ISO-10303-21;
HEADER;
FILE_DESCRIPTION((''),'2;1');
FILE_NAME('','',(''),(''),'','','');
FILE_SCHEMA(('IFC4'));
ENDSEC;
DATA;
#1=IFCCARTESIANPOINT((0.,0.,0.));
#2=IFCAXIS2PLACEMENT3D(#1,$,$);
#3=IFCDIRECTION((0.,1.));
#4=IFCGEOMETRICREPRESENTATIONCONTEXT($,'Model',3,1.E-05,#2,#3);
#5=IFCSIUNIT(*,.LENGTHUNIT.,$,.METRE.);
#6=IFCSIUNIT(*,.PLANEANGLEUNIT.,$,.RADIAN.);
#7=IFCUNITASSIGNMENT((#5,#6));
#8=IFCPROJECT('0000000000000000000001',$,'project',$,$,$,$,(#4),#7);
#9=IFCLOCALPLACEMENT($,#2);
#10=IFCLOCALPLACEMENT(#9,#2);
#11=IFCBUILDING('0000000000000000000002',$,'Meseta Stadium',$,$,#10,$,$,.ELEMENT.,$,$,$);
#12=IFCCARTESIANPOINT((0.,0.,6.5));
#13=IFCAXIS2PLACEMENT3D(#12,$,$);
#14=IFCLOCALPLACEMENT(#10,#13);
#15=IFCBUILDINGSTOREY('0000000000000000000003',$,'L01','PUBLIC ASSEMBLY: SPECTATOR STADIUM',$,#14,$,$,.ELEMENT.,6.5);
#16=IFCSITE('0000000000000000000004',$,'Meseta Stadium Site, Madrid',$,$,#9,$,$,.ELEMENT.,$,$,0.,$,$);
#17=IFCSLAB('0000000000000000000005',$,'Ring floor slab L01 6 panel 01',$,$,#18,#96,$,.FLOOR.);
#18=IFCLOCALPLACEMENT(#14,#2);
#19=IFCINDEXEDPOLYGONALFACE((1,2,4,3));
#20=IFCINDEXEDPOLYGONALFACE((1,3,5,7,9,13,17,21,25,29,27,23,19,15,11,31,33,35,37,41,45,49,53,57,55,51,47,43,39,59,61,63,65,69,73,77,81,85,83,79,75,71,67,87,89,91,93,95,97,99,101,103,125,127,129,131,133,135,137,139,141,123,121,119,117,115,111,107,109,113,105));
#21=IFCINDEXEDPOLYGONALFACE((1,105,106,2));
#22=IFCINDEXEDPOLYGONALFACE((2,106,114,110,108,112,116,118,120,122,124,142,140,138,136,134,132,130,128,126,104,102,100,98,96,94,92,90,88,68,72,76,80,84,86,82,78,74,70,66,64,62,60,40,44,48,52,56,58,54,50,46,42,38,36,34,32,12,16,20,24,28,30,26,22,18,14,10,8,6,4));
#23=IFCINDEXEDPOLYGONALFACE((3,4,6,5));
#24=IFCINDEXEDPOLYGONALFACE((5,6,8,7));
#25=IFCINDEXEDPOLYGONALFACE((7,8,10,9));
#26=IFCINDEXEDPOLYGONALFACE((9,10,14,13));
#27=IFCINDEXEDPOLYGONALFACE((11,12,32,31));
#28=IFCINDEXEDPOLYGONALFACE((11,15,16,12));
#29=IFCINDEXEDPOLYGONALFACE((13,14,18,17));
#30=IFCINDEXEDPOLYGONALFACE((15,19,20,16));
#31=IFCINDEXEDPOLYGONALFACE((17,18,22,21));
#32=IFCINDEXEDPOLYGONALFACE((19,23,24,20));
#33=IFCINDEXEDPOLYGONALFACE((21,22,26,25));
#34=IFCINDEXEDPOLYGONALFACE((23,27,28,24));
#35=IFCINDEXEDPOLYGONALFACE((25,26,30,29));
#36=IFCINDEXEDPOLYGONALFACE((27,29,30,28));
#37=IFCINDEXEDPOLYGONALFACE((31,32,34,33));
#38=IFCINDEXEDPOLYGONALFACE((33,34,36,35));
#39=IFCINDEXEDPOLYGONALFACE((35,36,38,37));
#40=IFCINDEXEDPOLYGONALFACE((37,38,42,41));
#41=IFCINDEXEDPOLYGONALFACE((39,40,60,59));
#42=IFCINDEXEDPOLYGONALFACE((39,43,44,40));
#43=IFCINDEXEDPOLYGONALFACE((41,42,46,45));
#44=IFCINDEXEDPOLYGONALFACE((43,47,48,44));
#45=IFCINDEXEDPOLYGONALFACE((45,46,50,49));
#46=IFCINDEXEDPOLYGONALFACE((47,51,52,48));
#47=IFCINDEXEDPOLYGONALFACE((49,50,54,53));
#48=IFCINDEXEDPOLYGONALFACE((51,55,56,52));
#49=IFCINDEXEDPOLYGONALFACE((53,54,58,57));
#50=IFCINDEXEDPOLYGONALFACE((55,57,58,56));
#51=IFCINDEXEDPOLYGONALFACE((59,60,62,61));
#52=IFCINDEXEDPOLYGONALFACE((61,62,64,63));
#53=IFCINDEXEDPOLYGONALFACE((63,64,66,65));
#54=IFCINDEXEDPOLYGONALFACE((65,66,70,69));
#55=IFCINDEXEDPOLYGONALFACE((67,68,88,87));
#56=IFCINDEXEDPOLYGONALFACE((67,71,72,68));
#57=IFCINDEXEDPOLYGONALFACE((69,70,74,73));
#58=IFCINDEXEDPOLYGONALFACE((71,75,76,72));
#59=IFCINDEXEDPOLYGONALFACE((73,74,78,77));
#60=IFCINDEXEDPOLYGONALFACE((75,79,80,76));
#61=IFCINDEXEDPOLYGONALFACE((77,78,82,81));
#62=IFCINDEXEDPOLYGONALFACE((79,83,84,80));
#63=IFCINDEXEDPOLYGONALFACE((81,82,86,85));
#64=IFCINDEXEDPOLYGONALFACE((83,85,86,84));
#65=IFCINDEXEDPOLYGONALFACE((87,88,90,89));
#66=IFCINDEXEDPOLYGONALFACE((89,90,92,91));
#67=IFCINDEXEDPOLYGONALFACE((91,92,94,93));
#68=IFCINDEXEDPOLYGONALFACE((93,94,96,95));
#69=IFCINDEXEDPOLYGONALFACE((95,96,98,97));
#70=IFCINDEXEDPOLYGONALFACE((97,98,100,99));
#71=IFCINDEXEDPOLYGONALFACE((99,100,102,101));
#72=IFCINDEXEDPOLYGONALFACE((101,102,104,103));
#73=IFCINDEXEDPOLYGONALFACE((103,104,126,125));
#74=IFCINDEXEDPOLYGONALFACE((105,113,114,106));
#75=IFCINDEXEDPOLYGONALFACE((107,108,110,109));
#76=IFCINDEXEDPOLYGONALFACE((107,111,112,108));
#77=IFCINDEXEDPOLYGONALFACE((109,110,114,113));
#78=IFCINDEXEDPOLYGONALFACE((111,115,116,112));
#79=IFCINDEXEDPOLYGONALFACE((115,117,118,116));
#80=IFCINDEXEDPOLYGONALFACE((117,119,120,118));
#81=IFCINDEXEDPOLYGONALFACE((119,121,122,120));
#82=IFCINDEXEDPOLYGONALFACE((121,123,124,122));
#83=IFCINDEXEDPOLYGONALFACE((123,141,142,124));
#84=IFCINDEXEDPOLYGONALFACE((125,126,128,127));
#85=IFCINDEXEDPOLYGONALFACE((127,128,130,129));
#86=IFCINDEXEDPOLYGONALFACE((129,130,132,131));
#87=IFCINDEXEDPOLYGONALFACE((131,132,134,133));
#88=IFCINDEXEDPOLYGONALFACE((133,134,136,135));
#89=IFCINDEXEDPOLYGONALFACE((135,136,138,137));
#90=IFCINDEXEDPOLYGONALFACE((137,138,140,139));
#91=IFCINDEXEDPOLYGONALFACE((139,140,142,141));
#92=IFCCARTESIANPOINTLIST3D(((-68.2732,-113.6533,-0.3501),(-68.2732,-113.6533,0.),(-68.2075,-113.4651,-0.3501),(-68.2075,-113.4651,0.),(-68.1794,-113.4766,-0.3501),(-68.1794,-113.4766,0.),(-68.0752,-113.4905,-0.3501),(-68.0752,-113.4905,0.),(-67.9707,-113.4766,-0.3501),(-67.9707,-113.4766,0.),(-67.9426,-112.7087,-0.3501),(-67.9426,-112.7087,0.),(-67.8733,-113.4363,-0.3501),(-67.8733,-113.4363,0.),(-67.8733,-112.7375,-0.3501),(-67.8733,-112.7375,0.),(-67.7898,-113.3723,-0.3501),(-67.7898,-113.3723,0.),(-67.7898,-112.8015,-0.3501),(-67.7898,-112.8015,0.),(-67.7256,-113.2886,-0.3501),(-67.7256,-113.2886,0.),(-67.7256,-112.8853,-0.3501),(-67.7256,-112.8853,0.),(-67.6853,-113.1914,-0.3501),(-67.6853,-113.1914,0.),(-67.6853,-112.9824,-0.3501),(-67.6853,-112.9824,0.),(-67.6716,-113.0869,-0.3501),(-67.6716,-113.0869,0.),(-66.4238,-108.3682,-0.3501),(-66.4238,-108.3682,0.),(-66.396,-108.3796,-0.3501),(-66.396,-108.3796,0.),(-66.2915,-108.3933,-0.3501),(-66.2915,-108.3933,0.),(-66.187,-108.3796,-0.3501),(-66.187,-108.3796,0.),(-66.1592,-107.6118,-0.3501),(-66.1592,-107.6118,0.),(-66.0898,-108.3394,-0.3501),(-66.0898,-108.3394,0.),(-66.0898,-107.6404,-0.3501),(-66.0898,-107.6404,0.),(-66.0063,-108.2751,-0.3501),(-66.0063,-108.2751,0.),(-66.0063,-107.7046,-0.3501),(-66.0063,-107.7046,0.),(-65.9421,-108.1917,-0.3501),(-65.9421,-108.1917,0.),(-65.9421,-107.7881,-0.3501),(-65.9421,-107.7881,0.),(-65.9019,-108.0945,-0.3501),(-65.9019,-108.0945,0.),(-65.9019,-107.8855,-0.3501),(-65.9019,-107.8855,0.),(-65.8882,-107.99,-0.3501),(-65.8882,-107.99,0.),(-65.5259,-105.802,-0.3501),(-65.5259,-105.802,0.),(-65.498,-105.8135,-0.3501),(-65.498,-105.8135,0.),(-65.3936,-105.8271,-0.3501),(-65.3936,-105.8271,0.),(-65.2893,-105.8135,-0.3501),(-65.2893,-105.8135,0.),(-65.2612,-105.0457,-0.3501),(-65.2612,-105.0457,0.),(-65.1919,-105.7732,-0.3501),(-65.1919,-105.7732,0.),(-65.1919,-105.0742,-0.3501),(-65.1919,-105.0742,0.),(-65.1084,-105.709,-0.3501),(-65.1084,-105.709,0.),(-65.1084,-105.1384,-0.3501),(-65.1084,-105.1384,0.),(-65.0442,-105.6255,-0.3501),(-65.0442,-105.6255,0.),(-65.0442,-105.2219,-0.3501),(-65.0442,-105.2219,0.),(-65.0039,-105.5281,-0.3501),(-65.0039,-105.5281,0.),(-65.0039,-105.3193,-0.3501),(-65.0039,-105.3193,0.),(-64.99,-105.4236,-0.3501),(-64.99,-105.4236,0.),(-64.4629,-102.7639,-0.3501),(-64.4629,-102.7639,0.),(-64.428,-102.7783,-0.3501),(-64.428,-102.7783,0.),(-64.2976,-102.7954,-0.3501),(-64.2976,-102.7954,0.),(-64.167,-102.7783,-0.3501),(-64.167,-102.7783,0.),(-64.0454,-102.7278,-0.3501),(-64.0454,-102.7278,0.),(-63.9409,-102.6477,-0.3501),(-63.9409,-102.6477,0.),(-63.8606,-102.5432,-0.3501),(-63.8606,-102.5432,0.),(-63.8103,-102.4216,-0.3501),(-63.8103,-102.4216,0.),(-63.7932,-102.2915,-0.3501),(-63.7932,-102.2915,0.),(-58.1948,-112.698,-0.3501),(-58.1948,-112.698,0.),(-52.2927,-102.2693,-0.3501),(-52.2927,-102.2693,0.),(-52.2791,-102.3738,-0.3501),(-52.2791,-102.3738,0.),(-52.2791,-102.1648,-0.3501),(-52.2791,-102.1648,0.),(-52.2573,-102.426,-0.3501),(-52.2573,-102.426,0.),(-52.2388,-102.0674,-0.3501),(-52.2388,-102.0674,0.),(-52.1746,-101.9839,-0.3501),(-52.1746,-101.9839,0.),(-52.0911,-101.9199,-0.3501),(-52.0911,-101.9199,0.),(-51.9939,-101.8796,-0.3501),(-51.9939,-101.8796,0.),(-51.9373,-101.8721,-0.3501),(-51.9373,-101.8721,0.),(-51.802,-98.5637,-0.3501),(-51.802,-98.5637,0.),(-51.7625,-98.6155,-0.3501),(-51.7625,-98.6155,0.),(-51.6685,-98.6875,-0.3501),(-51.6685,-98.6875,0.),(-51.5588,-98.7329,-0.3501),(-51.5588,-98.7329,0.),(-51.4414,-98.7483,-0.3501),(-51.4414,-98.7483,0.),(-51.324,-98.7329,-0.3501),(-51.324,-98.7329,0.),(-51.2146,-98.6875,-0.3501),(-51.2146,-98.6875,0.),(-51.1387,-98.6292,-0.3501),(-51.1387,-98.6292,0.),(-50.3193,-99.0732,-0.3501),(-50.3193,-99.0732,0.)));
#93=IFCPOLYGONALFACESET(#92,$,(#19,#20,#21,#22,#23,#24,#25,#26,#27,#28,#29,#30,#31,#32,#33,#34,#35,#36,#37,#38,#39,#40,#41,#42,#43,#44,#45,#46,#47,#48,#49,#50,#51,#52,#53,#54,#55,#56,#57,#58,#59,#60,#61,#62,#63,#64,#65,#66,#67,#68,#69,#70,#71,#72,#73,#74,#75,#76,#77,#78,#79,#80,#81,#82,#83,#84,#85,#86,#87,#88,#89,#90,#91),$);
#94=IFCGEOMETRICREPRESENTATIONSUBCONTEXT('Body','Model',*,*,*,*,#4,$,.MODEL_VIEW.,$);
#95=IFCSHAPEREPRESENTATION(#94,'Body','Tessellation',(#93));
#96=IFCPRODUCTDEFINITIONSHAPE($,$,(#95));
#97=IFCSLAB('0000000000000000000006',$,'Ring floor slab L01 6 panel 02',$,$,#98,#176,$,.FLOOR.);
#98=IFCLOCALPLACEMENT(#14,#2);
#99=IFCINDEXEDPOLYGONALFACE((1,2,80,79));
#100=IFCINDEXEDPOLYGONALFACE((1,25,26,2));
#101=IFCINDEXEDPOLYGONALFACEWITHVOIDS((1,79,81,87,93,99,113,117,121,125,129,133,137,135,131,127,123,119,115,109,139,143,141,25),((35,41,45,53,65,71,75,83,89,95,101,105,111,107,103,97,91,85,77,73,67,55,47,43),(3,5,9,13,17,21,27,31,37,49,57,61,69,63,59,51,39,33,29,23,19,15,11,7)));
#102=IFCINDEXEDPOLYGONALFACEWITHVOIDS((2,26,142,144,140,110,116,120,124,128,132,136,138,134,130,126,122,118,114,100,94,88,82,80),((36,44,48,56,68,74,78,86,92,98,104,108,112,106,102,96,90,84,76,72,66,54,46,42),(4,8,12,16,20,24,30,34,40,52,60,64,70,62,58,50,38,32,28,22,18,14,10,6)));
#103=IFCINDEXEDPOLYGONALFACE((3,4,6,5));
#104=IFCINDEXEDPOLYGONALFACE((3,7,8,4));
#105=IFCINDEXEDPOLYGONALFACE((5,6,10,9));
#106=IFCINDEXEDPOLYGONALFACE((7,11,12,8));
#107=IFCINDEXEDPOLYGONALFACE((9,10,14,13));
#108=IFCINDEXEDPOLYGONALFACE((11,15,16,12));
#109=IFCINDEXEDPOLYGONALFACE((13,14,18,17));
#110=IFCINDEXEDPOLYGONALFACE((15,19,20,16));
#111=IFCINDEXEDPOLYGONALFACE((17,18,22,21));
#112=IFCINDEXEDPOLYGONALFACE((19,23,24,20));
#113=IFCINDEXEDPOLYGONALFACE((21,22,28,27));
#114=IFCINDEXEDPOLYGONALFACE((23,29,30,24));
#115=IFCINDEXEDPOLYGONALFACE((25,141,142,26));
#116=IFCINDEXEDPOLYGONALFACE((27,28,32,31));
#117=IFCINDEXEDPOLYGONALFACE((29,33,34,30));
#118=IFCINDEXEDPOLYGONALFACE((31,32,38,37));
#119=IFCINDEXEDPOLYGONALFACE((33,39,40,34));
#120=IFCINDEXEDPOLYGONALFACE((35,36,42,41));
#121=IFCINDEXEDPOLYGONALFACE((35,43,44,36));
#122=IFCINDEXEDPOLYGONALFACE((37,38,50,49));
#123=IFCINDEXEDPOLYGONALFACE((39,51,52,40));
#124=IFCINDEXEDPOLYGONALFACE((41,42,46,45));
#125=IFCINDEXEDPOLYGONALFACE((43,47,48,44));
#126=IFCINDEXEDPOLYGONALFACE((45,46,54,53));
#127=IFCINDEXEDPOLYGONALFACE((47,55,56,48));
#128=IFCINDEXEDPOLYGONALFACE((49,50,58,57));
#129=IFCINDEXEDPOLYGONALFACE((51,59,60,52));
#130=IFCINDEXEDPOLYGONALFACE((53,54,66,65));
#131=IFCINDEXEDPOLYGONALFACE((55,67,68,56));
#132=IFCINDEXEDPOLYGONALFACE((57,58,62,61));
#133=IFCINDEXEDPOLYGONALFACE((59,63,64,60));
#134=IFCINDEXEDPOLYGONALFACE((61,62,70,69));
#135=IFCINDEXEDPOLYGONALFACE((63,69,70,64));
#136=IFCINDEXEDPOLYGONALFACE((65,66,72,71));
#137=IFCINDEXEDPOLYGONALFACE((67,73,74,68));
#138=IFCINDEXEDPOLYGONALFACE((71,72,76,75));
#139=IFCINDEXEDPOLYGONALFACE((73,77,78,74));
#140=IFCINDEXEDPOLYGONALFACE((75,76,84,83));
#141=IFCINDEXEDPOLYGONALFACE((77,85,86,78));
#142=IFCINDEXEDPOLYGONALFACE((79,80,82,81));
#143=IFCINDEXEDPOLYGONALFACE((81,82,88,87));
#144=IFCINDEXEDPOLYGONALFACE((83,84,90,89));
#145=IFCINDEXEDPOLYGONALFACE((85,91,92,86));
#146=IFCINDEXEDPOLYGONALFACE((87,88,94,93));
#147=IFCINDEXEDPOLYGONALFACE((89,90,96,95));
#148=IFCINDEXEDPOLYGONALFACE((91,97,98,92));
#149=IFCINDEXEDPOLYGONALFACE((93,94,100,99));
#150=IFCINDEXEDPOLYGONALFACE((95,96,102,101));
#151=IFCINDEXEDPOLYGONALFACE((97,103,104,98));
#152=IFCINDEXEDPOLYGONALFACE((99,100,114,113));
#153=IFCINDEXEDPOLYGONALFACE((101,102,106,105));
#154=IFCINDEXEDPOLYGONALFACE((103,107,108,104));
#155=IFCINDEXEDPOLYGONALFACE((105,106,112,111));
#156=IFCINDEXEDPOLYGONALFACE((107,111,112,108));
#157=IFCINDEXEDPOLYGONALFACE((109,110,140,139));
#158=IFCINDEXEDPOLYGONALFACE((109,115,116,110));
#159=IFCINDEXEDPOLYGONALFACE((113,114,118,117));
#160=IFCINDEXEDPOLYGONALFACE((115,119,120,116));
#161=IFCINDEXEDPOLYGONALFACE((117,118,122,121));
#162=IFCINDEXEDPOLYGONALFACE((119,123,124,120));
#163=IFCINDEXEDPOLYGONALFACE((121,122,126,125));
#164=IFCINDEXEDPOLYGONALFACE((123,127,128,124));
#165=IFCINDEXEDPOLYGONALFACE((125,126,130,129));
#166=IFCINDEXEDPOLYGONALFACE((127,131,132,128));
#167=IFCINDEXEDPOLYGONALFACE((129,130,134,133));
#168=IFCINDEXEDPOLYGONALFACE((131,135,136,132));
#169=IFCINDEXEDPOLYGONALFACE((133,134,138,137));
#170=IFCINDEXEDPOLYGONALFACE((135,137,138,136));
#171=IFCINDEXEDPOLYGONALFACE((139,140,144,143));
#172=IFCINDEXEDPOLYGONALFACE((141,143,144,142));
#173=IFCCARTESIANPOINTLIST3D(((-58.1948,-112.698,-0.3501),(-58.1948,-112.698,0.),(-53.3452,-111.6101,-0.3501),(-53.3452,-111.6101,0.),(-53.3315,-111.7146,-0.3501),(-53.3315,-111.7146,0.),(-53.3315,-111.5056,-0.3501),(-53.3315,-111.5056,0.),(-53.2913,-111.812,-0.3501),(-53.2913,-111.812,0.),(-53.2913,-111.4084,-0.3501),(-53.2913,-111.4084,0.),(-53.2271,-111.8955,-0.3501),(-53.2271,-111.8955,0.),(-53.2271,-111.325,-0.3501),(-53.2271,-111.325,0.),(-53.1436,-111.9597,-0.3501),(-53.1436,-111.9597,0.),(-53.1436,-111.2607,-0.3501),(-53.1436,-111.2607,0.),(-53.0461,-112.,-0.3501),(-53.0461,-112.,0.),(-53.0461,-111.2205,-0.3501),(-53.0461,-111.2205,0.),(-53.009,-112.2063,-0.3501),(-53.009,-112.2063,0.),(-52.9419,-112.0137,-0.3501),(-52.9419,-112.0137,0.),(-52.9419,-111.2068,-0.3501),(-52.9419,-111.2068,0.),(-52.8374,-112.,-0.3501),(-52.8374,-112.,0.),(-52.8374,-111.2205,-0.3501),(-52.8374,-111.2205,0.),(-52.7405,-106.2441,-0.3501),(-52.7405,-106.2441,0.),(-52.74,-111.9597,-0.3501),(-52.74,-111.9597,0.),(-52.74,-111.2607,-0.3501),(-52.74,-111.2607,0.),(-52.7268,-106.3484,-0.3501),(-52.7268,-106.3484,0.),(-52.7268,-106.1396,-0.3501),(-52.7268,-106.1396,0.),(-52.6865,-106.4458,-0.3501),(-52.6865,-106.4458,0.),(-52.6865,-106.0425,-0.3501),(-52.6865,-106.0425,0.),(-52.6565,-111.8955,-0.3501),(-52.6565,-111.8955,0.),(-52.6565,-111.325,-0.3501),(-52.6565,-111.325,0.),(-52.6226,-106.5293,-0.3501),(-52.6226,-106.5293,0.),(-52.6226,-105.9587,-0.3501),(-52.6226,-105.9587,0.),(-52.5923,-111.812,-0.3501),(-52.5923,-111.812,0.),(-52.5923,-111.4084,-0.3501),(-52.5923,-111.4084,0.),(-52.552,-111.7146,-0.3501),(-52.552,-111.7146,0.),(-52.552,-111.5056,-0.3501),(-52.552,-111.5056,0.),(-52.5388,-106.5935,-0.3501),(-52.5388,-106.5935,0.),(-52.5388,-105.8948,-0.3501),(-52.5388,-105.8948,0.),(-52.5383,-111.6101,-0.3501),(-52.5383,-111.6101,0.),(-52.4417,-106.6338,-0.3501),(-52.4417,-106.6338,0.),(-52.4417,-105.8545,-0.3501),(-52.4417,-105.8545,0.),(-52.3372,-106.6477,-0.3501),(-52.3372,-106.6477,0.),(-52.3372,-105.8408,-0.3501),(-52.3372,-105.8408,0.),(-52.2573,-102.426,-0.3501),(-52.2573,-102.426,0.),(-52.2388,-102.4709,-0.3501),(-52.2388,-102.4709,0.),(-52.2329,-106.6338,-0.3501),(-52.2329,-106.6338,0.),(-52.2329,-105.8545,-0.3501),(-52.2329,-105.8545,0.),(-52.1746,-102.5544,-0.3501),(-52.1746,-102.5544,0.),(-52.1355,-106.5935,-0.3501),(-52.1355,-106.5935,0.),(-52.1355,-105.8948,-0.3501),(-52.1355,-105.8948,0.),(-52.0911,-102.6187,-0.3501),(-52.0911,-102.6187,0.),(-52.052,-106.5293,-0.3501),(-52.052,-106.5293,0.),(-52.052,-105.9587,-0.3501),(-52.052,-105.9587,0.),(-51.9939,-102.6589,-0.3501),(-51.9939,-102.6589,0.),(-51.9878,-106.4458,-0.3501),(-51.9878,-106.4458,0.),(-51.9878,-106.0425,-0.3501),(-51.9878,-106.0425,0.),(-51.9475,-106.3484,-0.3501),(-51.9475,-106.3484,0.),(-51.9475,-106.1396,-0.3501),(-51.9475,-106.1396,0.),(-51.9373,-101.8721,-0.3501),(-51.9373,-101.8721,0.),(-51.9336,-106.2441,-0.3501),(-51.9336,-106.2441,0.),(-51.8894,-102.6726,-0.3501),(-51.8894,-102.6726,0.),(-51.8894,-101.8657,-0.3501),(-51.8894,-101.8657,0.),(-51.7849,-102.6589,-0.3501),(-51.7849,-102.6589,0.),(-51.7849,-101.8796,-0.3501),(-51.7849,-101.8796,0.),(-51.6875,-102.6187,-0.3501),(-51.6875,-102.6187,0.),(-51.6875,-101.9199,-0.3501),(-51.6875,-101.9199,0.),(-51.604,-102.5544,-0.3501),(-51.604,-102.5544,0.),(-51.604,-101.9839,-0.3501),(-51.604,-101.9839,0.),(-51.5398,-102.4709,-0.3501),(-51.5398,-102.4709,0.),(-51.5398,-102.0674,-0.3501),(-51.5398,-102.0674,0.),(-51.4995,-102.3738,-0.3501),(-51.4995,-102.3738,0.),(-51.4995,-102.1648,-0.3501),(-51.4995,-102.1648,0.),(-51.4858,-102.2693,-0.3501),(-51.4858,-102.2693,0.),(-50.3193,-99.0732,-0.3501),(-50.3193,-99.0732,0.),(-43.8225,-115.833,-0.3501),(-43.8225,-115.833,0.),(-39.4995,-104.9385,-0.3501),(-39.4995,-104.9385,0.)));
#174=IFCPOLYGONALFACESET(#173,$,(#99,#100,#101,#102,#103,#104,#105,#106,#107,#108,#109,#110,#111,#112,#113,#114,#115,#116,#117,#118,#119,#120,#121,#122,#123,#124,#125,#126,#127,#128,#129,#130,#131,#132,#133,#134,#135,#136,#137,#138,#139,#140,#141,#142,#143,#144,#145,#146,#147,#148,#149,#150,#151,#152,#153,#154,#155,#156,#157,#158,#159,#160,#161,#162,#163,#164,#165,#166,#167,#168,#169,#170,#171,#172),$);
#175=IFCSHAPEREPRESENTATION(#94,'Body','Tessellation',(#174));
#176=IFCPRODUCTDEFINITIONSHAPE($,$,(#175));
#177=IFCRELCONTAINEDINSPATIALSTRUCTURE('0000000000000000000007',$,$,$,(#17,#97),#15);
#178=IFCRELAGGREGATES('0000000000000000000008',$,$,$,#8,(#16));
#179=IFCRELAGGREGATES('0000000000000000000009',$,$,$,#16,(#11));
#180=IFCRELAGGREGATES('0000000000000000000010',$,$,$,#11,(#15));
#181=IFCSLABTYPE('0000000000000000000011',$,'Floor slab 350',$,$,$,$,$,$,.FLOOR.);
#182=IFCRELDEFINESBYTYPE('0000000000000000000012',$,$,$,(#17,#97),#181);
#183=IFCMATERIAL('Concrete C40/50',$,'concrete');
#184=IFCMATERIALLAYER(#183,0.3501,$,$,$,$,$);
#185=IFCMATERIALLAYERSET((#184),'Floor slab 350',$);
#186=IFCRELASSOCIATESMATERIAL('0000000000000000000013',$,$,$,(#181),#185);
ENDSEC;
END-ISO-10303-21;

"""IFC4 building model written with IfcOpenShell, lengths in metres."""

from ifc_helpers import new_model, si_unit, direction, frame, origin, place, context, subcontext, project, spatial, polyline, outline, extrude, material, layer, layer_set, type_object, element, save


model = new_model("IFC4")

# Units and contexts
model_context = context("Model", 3, precision=1e-05, world=origin(), true_north=direction((0.0, 1.0)))
body_context = subcontext(model_context, "Body", "Model", "MODEL_VIEW")
ifc_project = project(units=[si_unit("LENGTHUNIT", "METRE"), si_unit("PLANEANGLEUNIT", "RADIAN")], contexts=[model_context])

# Site, building, storey
site_placement = place(None, origin())
site = spatial("IfcSite", under=ifc_project, at=site_placement, Name="Meseta Stadium Site, Madrid", CompositionType="ELEMENT", RefElevation=0.0)
building_placement = place(site_placement, origin())
building = spatial("IfcBuilding", under=site, at=building_placement, Name="Meseta Stadium", CompositionType="ELEMENT")
storey_placement = place(building_placement, frame((0.0, 0.0, 6.5)))
storey = spatial("IfcBuildingStorey", under=building, at=storey_placement, Name="L01", Description="PUBLIC ASSEMBLY: SPECTATOR STADIUM", CompositionType="ELEMENT", Elevation=6.5)

# Slabs
ifc_material = material(Name="Concrete C40/50", Category="concrete")
ifc_layer = layer(ifc_material, 0.3501)
ifc_layer_set = layer_set([ifc_layer], Name="Floor slab 350")
slab_type = type_object("IfcSlabType", Name="Floor slab 350", PredefinedType="FLOOR", material=ifc_layer_set)
slab_1_placement = place(storey_placement, frame((0.0, 0.0, -0.3501)))
element("IfcSlab", 1, at=slab_1_placement, inside=storey, type_object=slab_type, Name="Ring floor slab L01 6 panel 01", PredefinedType="FLOOR", context=body_context, shape_type="SweptSolid", body=[
    extrude(outline(polyline([(-67.6716, -113.0869), (-67.6853, -113.1914), (-67.7256, -113.2886), (-67.7898, -113.3723), (-67.8733, -113.4363), (-67.9707, -113.4766), (-68.0752, -113.4905), (-68.1794, -113.4766), (-68.2075, -113.4651), (-68.2732, -113.6533), (-58.1948, -112.698), (-52.2573, -102.426), (-52.2791, -102.3738), (-52.2927, -102.2693), (-52.2791, -102.1648), (-52.2388, -102.0674), (-52.1746, -101.9839), (-52.0911, -101.9199), (-51.9939, -101.8796), (-51.9373, -101.8721), (-50.3193, -99.0732), (-51.1387, -98.6292), (-51.2146, -98.6875), (-51.324, -98.7329), (-51.4414, -98.7483), (-51.5588, -98.7329), (-51.6685, -98.6875), (-51.7625, -98.6155), (-51.802, -98.5637), (-63.7932, -102.2915), (-63.8103, -102.4216), (-63.8606, -102.5432), (-63.9409, -102.6477), (-64.0454, -102.7278), (-64.167, -102.7783), (-64.2976, -102.7954), (-64.428, -102.7783), (-64.4629, -102.7639), (-65.2612, -105.0457), (-65.1919, -105.0742), (-65.1084, -105.1384), (-65.0442, -105.2219), (-65.0039, -105.3193), (-64.99, -105.4236), (-65.0039, -105.5281), (-65.0442, -105.6255), (-65.1084, -105.709), (-65.1919, -105.7732), (-65.2893, -105.8135), (-65.3936, -105.8271), (-65.498, -105.8135), (-65.5259, -105.802), (-66.1592, -107.6118), (-66.0898, -107.6404), (-66.0063, -107.7046), (-65.9421, -107.7881), (-65.9019, -107.8855), (-65.8882, -107.99), (-65.9019, -108.0945), (-65.9421, -108.1917), (-66.0063, -108.2751), (-66.0898, -108.3394), (-66.187, -108.3796), (-66.2915, -108.3933), (-66.396, -108.3796), (-66.4238, -108.3682), (-67.9426, -112.7087), (-67.8733, -112.7375), (-67.7898, -112.8015), (-67.7256, -112.8853), (-67.6853, -112.9824), (-67.6716, -113.0869)])), origin(), (0.0, 0.0, 1.0), 0.3501),
])
slab_2_placement = place(storey_placement, frame((0.0, 0.0, -0.3501)))
element("IfcSlab", 2, at=slab_2_placement, inside=storey, type_object=slab_type, Name="Ring floor slab L01 6 panel 02", PredefinedType="FLOOR", context=body_context, shape_type="SweptSolid", body=[
    extrude(outline(polyline([(-50.3193, -99.0732), (-51.9373, -101.8721), (-51.8894, -101.8657), (-51.7849, -101.8796), (-51.6875, -101.9199), (-51.604, -101.9839), (-51.5398, -102.0674), (-51.4995, -102.1648), (-51.4858, -102.2693), (-51.4995, -102.3738), (-51.5398, -102.4709), (-51.604, -102.5544), (-51.6875, -102.6187), (-51.7849, -102.6589), (-51.8894, -102.6726), (-51.9939, -102.6589), (-52.0911, -102.6187), (-52.1746, -102.5544), (-52.2388, -102.4709), (-52.2573, -102.426), (-58.1948, -112.698), (-53.009, -112.2063), (-43.8225, -115.833), (-39.4995, -104.9385), (-50.3193, -99.0732)]), holes=[polyline([(-52.7268, -106.1396), (-52.6865, -106.0425), (-52.6226, -105.9587), (-52.5388, -105.8948), (-52.4417, -105.8545), (-52.3372, -105.8408), (-52.2329, -105.8545), (-52.1355, -105.8948), (-52.052, -105.9587), (-51.9878, -106.0425), (-51.9475, -106.1396), (-51.9336, -106.2441), (-51.9475, -106.3484), (-51.9878, -106.4458), (-52.052, -106.5293), (-52.1355, -106.5935), (-52.2329, -106.6338), (-52.3372, -106.6477), (-52.4417, -106.6338), (-52.5388, -106.5935), (-52.6226, -106.5293), (-52.6865, -106.4458), (-52.7268, -106.3484), (-52.7405, -106.2441), (-52.7268, -106.1396)]), polyline([(-52.8374, -112.0), (-52.9419, -112.0137), (-53.0461, -112.0), (-53.1436, -111.9597), (-53.2271, -111.8955), (-53.2913, -111.812), (-53.3315, -111.7146), (-53.3452, -111.6101), (-53.3315, -111.5056), (-53.2913, -111.4084), (-53.2271, -111.325), (-53.1436, -111.2607), (-53.0461, -111.2205), (-52.9419, -111.2068), (-52.8374, -111.2205), (-52.74, -111.2607), (-52.6565, -111.325), (-52.5923, -111.4084), (-52.552, -111.5056), (-52.5383, -111.6101), (-52.552, -111.7146), (-52.5923, -111.812), (-52.6565, -111.8955), (-52.74, -111.9597), (-52.8374, -112.0)])]), origin(), (0.0, 0.0, 1.0), 0.3501),
])

save(model, "model.ifc")
